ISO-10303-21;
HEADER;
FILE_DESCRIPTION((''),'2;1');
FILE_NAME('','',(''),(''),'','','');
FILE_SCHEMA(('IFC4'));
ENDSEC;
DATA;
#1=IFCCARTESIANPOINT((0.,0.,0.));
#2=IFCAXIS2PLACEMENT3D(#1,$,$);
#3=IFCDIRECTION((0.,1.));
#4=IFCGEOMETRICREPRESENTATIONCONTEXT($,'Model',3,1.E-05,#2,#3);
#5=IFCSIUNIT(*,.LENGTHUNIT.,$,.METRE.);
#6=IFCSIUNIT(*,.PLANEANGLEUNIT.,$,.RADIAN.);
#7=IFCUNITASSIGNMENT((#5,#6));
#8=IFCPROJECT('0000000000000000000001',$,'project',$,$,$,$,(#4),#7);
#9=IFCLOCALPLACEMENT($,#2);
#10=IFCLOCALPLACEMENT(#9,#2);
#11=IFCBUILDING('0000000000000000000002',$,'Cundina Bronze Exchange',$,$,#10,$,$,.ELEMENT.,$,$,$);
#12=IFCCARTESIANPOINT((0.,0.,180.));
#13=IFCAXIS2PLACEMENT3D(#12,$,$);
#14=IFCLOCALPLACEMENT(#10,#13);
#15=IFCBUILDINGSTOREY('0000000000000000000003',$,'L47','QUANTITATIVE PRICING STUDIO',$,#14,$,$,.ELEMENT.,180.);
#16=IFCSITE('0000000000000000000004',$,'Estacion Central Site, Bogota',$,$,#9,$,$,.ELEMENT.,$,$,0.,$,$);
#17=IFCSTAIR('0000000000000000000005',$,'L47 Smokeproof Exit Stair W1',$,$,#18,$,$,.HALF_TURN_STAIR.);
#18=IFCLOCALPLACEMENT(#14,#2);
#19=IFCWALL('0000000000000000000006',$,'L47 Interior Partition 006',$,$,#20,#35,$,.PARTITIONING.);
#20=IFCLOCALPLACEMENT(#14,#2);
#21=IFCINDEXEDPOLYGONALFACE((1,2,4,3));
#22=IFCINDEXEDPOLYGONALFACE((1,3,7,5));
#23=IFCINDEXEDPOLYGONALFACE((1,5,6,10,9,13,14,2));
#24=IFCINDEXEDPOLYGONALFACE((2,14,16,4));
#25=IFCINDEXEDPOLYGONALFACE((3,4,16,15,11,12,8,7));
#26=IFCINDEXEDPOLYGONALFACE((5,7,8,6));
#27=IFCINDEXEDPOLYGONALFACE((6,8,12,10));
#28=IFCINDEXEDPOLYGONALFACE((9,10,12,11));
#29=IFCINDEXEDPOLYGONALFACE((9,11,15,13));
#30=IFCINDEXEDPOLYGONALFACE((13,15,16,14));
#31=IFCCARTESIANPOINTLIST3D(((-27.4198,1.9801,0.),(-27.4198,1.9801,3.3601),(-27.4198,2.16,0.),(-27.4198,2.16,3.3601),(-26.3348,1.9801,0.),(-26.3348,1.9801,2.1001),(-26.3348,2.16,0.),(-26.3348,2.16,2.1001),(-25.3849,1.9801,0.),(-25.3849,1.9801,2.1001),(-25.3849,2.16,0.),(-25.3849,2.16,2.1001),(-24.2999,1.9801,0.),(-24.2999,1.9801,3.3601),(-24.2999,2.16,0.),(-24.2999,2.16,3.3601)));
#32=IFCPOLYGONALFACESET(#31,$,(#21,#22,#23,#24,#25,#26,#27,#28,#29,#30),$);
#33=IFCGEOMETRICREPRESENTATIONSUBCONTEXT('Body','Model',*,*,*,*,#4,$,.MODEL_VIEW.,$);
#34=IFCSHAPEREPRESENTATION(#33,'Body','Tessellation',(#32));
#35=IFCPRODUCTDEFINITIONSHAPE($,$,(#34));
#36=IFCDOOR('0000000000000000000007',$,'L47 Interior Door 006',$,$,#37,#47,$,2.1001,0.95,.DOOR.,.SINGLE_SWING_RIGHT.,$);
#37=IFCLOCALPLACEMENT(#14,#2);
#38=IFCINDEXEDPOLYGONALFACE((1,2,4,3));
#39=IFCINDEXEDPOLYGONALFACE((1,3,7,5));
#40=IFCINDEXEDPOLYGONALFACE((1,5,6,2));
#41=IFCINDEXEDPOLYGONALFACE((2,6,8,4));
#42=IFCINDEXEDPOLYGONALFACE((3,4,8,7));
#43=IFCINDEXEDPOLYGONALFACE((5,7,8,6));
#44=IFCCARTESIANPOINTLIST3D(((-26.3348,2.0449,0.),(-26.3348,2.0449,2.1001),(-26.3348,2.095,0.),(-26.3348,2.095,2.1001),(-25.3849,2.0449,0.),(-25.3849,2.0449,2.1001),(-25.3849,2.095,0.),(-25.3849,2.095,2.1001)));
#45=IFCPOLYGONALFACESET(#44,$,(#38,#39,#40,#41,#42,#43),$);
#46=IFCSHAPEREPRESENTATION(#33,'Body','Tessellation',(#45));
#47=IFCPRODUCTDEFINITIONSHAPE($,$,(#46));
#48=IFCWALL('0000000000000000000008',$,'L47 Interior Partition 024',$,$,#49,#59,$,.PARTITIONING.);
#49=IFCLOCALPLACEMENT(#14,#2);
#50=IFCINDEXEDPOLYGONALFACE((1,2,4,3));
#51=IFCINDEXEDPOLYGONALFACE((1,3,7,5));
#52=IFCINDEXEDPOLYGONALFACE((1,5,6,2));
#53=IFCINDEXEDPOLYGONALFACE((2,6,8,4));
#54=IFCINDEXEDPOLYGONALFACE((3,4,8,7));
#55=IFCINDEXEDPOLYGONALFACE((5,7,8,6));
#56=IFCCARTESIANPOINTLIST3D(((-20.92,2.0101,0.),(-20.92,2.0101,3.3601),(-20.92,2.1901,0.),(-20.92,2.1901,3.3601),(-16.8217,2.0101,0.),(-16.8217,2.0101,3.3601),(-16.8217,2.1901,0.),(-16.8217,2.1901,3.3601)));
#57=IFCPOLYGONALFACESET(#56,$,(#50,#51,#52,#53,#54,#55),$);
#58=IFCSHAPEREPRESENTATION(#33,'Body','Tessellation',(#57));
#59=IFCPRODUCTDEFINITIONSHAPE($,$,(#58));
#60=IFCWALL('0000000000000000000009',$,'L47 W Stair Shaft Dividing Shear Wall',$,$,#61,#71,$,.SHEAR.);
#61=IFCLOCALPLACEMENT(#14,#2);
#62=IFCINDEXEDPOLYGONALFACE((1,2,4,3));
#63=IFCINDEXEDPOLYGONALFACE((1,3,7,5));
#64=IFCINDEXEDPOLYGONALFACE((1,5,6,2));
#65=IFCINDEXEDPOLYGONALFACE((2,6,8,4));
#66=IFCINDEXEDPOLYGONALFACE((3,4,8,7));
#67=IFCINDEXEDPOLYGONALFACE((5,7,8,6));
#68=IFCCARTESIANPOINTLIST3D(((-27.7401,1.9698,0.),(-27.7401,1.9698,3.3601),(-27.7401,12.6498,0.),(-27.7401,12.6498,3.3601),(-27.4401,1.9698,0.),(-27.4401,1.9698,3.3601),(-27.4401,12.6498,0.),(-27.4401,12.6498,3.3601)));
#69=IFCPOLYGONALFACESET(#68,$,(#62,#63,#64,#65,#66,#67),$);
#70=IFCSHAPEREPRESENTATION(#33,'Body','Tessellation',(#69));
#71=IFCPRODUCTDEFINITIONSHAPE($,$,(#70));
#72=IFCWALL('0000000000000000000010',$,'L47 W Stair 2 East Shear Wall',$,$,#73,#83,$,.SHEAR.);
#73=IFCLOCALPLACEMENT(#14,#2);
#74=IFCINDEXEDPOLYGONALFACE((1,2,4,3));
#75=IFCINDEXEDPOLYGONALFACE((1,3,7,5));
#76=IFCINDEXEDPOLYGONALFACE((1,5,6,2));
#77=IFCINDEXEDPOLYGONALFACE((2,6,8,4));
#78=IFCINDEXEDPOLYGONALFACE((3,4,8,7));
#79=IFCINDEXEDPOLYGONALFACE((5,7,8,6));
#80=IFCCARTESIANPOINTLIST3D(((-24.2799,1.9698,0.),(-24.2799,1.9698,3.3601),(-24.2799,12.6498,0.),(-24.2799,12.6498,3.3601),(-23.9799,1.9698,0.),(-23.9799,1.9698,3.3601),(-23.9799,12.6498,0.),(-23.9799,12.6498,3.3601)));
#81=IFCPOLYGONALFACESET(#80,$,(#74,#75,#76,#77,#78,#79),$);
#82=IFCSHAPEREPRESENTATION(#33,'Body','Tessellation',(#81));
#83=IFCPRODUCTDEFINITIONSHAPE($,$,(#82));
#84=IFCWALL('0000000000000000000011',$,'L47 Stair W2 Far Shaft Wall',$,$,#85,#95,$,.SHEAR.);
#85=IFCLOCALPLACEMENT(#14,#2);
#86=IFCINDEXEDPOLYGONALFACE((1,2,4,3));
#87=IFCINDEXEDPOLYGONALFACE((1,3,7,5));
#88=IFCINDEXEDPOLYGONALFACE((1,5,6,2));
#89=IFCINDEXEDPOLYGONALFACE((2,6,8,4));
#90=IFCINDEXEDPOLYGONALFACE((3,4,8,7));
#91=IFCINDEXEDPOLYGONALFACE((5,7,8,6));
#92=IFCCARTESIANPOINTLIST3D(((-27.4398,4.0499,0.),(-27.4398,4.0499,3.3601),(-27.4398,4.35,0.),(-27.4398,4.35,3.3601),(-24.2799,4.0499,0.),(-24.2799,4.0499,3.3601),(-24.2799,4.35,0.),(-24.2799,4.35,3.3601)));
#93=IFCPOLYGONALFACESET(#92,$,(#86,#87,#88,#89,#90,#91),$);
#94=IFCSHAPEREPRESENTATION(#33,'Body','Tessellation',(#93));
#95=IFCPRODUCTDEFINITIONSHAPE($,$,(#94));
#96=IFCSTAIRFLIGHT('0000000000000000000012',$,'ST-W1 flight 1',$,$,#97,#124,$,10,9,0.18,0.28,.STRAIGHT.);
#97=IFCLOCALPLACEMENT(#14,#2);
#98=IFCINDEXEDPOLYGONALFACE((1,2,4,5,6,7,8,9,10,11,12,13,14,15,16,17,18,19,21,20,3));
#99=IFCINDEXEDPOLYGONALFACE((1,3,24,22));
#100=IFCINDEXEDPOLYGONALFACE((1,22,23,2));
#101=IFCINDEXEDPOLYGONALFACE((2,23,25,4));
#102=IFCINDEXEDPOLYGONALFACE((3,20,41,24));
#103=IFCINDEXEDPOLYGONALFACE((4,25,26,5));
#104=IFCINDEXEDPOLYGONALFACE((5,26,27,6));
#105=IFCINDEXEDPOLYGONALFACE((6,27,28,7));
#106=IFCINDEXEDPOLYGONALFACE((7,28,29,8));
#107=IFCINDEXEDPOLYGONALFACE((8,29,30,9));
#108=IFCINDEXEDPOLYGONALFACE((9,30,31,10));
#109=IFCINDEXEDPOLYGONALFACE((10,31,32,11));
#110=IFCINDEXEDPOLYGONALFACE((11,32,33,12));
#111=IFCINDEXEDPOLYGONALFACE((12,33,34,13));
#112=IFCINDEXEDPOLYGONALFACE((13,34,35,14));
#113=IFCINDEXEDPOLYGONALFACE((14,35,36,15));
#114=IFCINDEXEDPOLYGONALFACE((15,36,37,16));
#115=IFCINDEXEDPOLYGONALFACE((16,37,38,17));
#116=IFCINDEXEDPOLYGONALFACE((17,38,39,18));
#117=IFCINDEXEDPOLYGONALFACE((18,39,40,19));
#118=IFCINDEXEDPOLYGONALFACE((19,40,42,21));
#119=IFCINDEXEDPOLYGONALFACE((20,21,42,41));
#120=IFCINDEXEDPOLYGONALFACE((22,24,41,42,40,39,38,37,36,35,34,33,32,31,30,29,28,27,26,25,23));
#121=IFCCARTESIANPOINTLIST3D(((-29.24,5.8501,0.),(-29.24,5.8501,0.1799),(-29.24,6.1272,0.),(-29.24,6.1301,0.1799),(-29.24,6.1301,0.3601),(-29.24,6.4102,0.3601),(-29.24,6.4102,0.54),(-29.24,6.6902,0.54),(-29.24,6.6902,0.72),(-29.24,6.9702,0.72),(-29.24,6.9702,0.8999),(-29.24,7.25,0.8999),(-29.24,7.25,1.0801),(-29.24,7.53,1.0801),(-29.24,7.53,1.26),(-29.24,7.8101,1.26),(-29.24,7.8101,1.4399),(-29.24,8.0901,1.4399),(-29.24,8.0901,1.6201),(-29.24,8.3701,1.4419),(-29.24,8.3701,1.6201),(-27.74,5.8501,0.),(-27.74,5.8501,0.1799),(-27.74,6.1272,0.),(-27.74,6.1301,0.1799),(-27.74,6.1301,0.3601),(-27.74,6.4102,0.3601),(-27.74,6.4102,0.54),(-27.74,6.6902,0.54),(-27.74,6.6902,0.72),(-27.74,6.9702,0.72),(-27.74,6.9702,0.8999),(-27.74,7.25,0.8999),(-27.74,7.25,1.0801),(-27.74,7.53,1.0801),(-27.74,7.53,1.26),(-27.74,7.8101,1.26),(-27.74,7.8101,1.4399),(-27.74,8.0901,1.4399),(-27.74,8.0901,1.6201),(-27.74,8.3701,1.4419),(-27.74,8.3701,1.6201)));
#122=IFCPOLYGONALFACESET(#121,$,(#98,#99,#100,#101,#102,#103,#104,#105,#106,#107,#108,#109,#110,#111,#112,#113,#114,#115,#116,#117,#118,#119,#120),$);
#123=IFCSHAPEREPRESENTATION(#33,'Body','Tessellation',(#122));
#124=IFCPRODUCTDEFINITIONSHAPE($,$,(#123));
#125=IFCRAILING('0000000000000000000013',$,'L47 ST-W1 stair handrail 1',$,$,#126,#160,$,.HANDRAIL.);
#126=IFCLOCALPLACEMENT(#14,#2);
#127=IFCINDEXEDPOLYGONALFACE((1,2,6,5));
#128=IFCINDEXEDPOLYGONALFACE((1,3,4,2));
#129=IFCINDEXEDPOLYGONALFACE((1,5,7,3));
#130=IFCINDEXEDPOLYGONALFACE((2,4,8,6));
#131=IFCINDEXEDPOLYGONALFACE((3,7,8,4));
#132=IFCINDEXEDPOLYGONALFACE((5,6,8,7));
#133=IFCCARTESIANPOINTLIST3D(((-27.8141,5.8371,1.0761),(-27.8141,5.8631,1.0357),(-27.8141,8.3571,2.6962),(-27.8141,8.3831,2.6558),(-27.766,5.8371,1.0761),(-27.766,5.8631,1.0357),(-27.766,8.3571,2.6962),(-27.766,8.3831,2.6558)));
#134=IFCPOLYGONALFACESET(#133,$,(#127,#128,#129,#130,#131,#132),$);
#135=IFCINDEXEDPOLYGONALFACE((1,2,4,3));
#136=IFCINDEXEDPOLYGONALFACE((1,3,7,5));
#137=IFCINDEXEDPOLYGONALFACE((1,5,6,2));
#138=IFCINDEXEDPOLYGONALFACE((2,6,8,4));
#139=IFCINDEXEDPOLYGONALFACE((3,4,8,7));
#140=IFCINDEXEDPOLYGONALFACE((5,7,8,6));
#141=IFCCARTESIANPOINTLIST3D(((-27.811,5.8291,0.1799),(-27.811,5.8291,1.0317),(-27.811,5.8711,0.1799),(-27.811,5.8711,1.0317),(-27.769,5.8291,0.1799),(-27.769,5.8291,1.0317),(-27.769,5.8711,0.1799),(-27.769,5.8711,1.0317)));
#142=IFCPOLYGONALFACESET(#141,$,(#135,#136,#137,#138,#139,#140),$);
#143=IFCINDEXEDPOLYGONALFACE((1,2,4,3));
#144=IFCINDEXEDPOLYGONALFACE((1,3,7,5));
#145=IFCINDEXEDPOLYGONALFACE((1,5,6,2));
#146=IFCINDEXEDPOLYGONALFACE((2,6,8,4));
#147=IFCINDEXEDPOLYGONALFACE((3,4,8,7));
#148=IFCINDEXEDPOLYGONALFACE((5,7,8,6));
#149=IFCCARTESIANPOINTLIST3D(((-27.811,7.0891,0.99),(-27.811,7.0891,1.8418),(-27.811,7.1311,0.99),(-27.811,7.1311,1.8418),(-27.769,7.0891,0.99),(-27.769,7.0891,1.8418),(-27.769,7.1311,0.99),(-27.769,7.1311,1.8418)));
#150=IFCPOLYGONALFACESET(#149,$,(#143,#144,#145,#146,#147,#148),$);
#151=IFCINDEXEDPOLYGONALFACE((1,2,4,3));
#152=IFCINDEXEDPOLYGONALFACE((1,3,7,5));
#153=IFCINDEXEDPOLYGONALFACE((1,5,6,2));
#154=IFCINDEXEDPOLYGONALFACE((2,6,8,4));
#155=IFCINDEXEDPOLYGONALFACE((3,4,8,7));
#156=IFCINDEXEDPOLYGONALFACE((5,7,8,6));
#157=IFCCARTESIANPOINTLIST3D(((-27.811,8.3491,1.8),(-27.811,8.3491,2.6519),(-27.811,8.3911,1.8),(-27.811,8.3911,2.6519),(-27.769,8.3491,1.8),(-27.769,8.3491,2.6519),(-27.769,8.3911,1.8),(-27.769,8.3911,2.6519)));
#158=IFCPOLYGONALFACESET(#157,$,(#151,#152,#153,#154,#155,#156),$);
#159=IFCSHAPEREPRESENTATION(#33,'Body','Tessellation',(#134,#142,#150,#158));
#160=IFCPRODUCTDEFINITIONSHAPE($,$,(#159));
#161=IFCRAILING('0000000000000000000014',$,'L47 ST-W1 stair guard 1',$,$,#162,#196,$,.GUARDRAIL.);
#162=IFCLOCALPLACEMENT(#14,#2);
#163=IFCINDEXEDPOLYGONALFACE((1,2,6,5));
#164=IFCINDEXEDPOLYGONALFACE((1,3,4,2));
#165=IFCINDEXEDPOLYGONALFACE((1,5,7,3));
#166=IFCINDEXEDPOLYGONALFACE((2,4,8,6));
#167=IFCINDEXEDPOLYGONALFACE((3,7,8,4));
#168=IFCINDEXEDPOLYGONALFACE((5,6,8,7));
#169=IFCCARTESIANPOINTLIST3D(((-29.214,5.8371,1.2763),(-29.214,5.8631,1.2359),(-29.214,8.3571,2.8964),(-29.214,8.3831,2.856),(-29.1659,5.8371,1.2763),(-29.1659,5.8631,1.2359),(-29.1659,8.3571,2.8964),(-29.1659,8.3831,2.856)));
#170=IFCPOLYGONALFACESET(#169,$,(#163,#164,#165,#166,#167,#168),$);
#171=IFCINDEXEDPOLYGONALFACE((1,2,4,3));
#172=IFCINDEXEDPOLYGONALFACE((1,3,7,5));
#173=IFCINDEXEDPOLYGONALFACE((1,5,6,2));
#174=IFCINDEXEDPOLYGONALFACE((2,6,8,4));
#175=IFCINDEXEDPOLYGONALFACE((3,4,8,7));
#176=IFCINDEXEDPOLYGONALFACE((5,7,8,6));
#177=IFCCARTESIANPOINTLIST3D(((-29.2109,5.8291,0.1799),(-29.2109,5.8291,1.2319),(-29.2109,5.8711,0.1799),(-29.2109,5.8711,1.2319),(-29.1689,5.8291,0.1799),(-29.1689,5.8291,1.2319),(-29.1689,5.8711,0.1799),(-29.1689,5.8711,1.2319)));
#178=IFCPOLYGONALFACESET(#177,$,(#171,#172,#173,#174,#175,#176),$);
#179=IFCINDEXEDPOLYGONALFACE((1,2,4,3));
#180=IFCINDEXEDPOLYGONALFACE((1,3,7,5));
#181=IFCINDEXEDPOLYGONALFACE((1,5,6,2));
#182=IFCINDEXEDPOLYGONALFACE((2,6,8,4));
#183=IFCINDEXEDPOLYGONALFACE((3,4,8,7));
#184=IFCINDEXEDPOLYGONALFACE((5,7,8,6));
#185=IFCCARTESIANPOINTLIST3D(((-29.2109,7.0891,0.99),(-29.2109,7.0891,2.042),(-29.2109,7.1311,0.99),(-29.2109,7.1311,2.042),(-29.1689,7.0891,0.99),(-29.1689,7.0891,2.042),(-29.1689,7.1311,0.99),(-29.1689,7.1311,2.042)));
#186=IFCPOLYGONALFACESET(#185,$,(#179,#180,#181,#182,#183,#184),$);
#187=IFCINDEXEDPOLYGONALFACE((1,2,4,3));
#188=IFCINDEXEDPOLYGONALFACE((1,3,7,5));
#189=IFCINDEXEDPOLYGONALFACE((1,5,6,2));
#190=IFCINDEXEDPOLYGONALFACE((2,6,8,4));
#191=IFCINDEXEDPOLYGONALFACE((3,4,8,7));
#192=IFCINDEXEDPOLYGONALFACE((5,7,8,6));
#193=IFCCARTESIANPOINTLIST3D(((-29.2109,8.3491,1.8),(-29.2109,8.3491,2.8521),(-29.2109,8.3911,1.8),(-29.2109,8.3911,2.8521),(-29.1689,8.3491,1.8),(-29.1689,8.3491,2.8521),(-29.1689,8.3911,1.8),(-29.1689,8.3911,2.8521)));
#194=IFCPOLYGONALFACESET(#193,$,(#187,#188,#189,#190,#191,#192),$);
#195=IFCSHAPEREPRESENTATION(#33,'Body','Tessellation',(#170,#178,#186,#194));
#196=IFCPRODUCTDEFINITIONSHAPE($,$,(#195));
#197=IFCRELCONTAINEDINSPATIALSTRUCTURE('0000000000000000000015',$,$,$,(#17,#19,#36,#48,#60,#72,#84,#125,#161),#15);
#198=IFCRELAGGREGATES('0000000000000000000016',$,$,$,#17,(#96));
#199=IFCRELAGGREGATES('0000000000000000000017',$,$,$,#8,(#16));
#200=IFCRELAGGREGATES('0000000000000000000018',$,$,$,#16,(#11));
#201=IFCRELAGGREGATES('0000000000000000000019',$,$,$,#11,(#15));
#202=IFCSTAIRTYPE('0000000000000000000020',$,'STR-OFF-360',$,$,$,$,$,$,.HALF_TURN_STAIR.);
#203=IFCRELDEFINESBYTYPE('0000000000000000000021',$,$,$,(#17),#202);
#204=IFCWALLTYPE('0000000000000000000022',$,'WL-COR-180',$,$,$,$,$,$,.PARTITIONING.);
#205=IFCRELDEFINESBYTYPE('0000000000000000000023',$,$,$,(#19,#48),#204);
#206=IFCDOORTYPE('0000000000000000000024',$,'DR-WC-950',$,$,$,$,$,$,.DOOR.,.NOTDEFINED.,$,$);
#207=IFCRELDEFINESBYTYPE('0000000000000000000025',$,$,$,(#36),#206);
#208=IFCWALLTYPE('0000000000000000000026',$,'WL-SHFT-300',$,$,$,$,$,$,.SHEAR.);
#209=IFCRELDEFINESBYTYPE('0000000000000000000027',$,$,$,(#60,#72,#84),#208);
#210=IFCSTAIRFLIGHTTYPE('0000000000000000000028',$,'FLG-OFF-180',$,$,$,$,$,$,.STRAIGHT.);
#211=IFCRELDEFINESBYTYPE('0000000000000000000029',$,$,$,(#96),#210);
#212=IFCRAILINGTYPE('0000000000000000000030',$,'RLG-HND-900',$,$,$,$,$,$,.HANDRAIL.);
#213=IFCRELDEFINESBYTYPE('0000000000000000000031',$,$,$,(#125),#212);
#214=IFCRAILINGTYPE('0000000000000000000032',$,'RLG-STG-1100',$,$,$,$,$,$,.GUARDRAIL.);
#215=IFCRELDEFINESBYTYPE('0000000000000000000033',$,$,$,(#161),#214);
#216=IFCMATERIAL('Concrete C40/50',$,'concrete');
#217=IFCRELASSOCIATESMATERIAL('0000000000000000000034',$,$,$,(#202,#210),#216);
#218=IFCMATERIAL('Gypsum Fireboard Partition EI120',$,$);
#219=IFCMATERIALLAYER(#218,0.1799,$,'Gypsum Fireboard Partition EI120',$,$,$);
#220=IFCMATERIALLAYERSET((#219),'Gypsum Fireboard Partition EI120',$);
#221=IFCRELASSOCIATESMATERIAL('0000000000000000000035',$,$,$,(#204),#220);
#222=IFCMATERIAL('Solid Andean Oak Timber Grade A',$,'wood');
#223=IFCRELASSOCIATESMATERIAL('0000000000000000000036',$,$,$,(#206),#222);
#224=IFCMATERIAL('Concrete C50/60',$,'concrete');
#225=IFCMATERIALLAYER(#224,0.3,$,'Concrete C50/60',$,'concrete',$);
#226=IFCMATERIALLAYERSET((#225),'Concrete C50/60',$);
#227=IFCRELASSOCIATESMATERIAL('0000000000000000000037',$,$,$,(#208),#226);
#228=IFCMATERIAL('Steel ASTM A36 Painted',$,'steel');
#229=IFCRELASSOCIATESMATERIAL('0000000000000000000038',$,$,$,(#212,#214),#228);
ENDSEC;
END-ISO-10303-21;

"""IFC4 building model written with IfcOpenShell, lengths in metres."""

from ifc_helpers import new_model, si_unit, direction, frame, frame_2d, origin, origin_2d, place, context, subcontext, project, spatial, polyline, rectangle, outline, extrude, material, layer, layer_set, type_object, element, fill, aggregate, save


model = new_model("IFC4")

# Units and contexts
model_context = context("Model", 3, precision=1e-05, world=origin(), true_north=direction((0.0, 1.0)))
body_context = subcontext(model_context, "Body", "Model", "MODEL_VIEW")
ifc_project = project(units=[si_unit("LENGTHUNIT", "METRE"), si_unit("PLANEANGLEUNIT", "RADIAN")], contexts=[model_context])

# Site, building, storey
site_placement = place(None, origin())
site = spatial("IfcSite", under=ifc_project, at=site_placement, Name="Estacion Central Site, Bogota", CompositionType="ELEMENT", RefElevation=0.0)
building_placement = place(site_placement, origin())
building = spatial("IfcBuilding", under=site, at=building_placement, Name="Cundina Bronze Exchange", CompositionType="ELEMENT")
storey_placement = place(building_placement, frame((0.0, 0.0, 180.0)))
storey = spatial("IfcBuildingStorey", under=building, at=storey_placement, Name="L47", Description="QUANTITATIVE PRICING STUDIO", CompositionType="ELEMENT", Elevation=180.0)

# Shared definitions
ifc_material_1 = material(Name="Concrete C50/60", Category="concrete")

# Stair
ifc_material_2 = material(Name="Concrete C40/50", Category="concrete")
stair_type = type_object("IfcStairType", Name="STR-OFF-360", PredefinedType="HALF_TURN_STAIR", material=ifc_material_2)
stair_placement = place(storey_placement, origin())
stair = element("IfcStair", 1, at=stair_placement, inside=storey, type_object=stair_type, Name="L47 Smokeproof Exit Stair W1", PredefinedType="HALF_TURN_STAIR")

# Shared definitions
ifc_material_3 = material(Name="Gypsum Fireboard Partition EI120")
ifc_layer_1 = layer(ifc_material_3, 0.1799, Name="Gypsum Fireboard Partition EI120")
ifc_layer_set_1 = layer_set([ifc_layer_1], Name="Gypsum Fireboard Partition EI120")
wall_type_1 = type_object("IfcWallType", Name="WL-COR-180", PredefinedType="PARTITIONING", material=ifc_layer_set_1)

# Wall, opening, door
ifc_material_4 = material(Name="Steel ASTM A36 Painted", Category="steel")
wall_1_placement = place(storey_placement, frame((-27.4199, 2.0701, 0.0), z_axis=(0.0, 0.0, 1.0), x_axis=(1.0, 0.0, 0.0)))
wall_1 = element("IfcWall", 2, at=wall_1_placement, inside=storey, type_object=wall_type_1, Name="L47 Interior Partition 006", PredefinedType="PARTITIONING", context=body_context, shape_type="SweptSolid", body=[
    extrude(rectangle(XDim=3.1199, YDim=0.1799, at=frame_2d((1.5601, 0.0))), origin(), (0.0, 0.0, 1.0), 3.3601),
])
opening_1_placement = place(wall_1_placement, frame((1.085, 0.0, 0.0)))
opening_1 = element("IfcOpeningElement", 3, at=opening_1_placement, cuts=wall_1, PredefinedType="OPENING", context=body_context, shape_type="SweptSolid", body=[
    extrude(rectangle(XDim=0.95, YDim=2.1001, at=frame_2d((0.4751, 1.05))), frame((0.0, 0.0999, 0.0), z_axis=(0.0, -1.0, 0.0), x_axis=(1.0, 0.0, 0.0)), (0.0, 0.0, 1.0), 0.2),
])
ifc_material_5 = material(Name="Solid Andean Oak Timber Grade A", Category="wood")
door_type_1 = type_object("IfcDoorType", Name="DR-WC-950", OperationType="NOTDEFINED", PredefinedType="DOOR", material=ifc_material_5)
door_1_placement = place(opening_1_placement, origin())
door_1 = element("IfcDoor", 4, at=door_1_placement, inside=storey, type_object=door_type_1, Name="L47 Interior Door 006", OperationType="SINGLE_SWING_RIGHT", OverallHeight=2.1001, OverallWidth=0.95, PredefinedType="DOOR", context=body_context, shape_type="SweptSolid", body=[
    extrude(rectangle(XDim=0.95, YDim=2.1001, at=frame_2d((0.4751, 1.05))), frame((0.0, 0.0249, 0.0), z_axis=(0.0, -1.0, 0.0), x_axis=(1.0, 0.0, 0.0)), (0.0, 0.0, 1.0), 0.05),
])
fill(opening_1, door_1)

# Walls
wall_2_placement = place(storey_placement, frame((-16.8215, 2.1001, 0.0), z_axis=(0.0, 0.0, 1.0), x_axis=(-1.0, 0.0, 0.0)))
element("IfcWall", 5, at=wall_2_placement, inside=storey, type_object=wall_type_1, Name="L47 Interior Partition 024", PredefinedType="PARTITIONING", context=body_context, shape_type="SweptSolid", body=[
    extrude(rectangle(XDim=4.0984, YDim=0.1799, at=frame_2d((2.0493, 0.0))), origin(), (0.0, 0.0, 1.0), 3.3601),
])
ifc_layer_2 = layer(ifc_material_1, 0.3, Name="Concrete C50/60", Category="concrete")
ifc_layer_set_2 = layer_set([ifc_layer_2], Name="Concrete C50/60")
wall_type_2 = type_object("IfcWallType", Name="WL-SHFT-300", PredefinedType="SHEAR", material=ifc_layer_set_2)
for number, where, z_axis, x_axis, name in (
    (6, (-27.5901, 1.97, 0.0), (0.0, 0.0, 1.0), (0.0, 1.0, 0.0), "L47 W Stair Shaft Dividing Shear Wall"),
    (7, (-24.1299, 1.97, 0.0), (0.0, 0.0, 1.0), (0.0, 1.0, 0.0), "L47 W Stair 2 East Shear Wall"),
):
    element("IfcWall", number, at=place(storey_placement, frame(where, z_axis=z_axis, x_axis=x_axis)), inside=storey, type_object=wall_type_2, Name=name, PredefinedType="SHEAR", context=body_context, shape_type="SweptSolid", body=[
        extrude(rectangle(XDim=10.6799, YDim=0.3, at=frame_2d((5.3398, 0.0))), origin(), (0.0, 0.0, 1.0), 3.3601),
    ])
wall_3_placement = place(storey_placement, frame((-27.4399, 4.2, 0.0), z_axis=(0.0, 0.0, 1.0), x_axis=(1.0, 0.0, 0.0)))
element("IfcWall", 8, at=wall_3_placement, inside=storey, type_object=wall_type_2, Name="L47 Stair W2 Far Shaft Wall", PredefinedType="SHEAR", context=body_context, shape_type="SweptSolid", body=[
    extrude(rectangle(XDim=3.1599, YDim=0.3, at=frame_2d((1.5801, 0.0))), origin(), (0.0, 0.0, 1.0), 3.3601),
])

# Stair flight
stair_flight_type = type_object("IfcStairFlightType", Name="FLG-OFF-180", PredefinedType="STRAIGHT", material=ifc_material_2)
stair_flight_placement = place(storey_placement, frame((-28.49, 5.8501, 0.0), z_axis=(0.0, 0.0, 1.0), x_axis=(0.0, 1.0, 0.0)))
stair_flight = element("IfcStairFlight", 9, at=stair_flight_placement, type_object=stair_flight_type, Name="ST-W1 flight 1", NumberOfRisers=10, NumberOfTreads=9, PredefinedType="STRAIGHT", RiserHeight=0.18, TreadLength=0.28, context=body_context, shape_type="SweptSolid", body=[
    extrude(outline(polyline([(0.0, 0.0), (0.0, 0.1799), (0.28, 0.1799), (0.28, 0.3601), (0.5601, 0.3601), (0.5601, 0.54), (0.8401, 0.54), (0.8401, 0.72), (1.1201, 0.72), (1.1201, 0.8999), (1.3999, 0.8999), (1.3999, 1.0801), (1.6799, 1.0801), (1.6799, 1.26), (1.96, 1.26), (1.96, 1.4399), (2.24, 1.4399), (2.24, 1.6201), (2.52, 1.6201), (2.52, 1.8), (2.52, 1.4419), (0.2771, 0.0), (0.0, 0.0)])), frame((0.0, 0.75, 0.0), z_axis=(0.0, -1.0, 0.0), x_axis=(1.0, 0.0, 0.0)), (0.0, 0.0, 1.0), 1.5),
])
aggregate(stair, [stair_flight])

# Railings
railing_type_1 = type_object("IfcRailingType", Name="RLG-HND-900", PredefinedType="HANDRAIL", material=ifc_material_4)
railing_1_placement = place(storey_placement, frame((-27.79, 5.8501, 0.1799)))
element("IfcRailing", 10, at=railing_1_placement, inside=storey, type_object=railing_type_1, Name="L47 ST-W1 stair handrail 1", PredefinedType="HANDRAIL", context=body_context, shape_type="SweptSolid", body=[
    extrude(rectangle(XDim=0.0481, YDim=0.0481, at=origin_2d()), frame((0.0, 0.0, 0.876), z_axis=(0.0, 0.841163, 0.540782), x_axis=(-1.0, 0.0, 0.0)), (0.0, 0.0, 1.0), 2.9958),
    extrude(rectangle(XDim=0.042, YDim=0.042, at=origin_2d()), origin(), (0.0, 0.0, 1.0), 0.8518),
    extrude(rectangle(XDim=0.042, YDim=0.042, at=origin_2d()), frame((0.0, 1.26, 0.8101)), (0.0, 0.0, 1.0), 0.8518),
    extrude(rectangle(XDim=0.042, YDim=0.042, at=origin_2d()), frame((0.0, 2.52, 1.6201)), (0.0, 0.0, 1.0), 0.8518),
])
railing_type_2 = type_object("IfcRailingType", Name="RLG-STG-1100", PredefinedType="GUARDRAIL", material=ifc_material_4)
railing_2_placement = place(storey_placement, frame((-29.1899, 5.8501, 0.1799)))
element("IfcRailing", 11, at=railing_2_placement, inside=storey, type_object=railing_type_2, Name="L47 ST-W1 stair guard 1", PredefinedType="GUARDRAIL", context=body_context, shape_type="SweptSolid", body=[
    extrude(rectangle(XDim=0.0481, YDim=0.0481, at=origin_2d()), frame((0.0, 0.0, 1.0762), z_axis=(0.0, 0.841163, 0.540782), x_axis=(-1.0, 0.0, 0.0)), (0.0, 0.0, 1.0), 2.9958),
    extrude(rectangle(XDim=0.042, YDim=0.042, at=origin_2d()), origin(), (0.0, 0.0, 1.0), 1.052),
    extrude(rectangle(XDim=0.042, YDim=0.042, at=origin_2d()), frame((0.0, 1.26, 0.8101)), (0.0, 0.0, 1.0), 1.052),
    extrude(rectangle(XDim=0.042, YDim=0.042, at=origin_2d()), frame((0.0, 2.52, 1.6201)), (0.0, 0.0, 1.0), 1.052),
])

save(model, "model.ifc")
